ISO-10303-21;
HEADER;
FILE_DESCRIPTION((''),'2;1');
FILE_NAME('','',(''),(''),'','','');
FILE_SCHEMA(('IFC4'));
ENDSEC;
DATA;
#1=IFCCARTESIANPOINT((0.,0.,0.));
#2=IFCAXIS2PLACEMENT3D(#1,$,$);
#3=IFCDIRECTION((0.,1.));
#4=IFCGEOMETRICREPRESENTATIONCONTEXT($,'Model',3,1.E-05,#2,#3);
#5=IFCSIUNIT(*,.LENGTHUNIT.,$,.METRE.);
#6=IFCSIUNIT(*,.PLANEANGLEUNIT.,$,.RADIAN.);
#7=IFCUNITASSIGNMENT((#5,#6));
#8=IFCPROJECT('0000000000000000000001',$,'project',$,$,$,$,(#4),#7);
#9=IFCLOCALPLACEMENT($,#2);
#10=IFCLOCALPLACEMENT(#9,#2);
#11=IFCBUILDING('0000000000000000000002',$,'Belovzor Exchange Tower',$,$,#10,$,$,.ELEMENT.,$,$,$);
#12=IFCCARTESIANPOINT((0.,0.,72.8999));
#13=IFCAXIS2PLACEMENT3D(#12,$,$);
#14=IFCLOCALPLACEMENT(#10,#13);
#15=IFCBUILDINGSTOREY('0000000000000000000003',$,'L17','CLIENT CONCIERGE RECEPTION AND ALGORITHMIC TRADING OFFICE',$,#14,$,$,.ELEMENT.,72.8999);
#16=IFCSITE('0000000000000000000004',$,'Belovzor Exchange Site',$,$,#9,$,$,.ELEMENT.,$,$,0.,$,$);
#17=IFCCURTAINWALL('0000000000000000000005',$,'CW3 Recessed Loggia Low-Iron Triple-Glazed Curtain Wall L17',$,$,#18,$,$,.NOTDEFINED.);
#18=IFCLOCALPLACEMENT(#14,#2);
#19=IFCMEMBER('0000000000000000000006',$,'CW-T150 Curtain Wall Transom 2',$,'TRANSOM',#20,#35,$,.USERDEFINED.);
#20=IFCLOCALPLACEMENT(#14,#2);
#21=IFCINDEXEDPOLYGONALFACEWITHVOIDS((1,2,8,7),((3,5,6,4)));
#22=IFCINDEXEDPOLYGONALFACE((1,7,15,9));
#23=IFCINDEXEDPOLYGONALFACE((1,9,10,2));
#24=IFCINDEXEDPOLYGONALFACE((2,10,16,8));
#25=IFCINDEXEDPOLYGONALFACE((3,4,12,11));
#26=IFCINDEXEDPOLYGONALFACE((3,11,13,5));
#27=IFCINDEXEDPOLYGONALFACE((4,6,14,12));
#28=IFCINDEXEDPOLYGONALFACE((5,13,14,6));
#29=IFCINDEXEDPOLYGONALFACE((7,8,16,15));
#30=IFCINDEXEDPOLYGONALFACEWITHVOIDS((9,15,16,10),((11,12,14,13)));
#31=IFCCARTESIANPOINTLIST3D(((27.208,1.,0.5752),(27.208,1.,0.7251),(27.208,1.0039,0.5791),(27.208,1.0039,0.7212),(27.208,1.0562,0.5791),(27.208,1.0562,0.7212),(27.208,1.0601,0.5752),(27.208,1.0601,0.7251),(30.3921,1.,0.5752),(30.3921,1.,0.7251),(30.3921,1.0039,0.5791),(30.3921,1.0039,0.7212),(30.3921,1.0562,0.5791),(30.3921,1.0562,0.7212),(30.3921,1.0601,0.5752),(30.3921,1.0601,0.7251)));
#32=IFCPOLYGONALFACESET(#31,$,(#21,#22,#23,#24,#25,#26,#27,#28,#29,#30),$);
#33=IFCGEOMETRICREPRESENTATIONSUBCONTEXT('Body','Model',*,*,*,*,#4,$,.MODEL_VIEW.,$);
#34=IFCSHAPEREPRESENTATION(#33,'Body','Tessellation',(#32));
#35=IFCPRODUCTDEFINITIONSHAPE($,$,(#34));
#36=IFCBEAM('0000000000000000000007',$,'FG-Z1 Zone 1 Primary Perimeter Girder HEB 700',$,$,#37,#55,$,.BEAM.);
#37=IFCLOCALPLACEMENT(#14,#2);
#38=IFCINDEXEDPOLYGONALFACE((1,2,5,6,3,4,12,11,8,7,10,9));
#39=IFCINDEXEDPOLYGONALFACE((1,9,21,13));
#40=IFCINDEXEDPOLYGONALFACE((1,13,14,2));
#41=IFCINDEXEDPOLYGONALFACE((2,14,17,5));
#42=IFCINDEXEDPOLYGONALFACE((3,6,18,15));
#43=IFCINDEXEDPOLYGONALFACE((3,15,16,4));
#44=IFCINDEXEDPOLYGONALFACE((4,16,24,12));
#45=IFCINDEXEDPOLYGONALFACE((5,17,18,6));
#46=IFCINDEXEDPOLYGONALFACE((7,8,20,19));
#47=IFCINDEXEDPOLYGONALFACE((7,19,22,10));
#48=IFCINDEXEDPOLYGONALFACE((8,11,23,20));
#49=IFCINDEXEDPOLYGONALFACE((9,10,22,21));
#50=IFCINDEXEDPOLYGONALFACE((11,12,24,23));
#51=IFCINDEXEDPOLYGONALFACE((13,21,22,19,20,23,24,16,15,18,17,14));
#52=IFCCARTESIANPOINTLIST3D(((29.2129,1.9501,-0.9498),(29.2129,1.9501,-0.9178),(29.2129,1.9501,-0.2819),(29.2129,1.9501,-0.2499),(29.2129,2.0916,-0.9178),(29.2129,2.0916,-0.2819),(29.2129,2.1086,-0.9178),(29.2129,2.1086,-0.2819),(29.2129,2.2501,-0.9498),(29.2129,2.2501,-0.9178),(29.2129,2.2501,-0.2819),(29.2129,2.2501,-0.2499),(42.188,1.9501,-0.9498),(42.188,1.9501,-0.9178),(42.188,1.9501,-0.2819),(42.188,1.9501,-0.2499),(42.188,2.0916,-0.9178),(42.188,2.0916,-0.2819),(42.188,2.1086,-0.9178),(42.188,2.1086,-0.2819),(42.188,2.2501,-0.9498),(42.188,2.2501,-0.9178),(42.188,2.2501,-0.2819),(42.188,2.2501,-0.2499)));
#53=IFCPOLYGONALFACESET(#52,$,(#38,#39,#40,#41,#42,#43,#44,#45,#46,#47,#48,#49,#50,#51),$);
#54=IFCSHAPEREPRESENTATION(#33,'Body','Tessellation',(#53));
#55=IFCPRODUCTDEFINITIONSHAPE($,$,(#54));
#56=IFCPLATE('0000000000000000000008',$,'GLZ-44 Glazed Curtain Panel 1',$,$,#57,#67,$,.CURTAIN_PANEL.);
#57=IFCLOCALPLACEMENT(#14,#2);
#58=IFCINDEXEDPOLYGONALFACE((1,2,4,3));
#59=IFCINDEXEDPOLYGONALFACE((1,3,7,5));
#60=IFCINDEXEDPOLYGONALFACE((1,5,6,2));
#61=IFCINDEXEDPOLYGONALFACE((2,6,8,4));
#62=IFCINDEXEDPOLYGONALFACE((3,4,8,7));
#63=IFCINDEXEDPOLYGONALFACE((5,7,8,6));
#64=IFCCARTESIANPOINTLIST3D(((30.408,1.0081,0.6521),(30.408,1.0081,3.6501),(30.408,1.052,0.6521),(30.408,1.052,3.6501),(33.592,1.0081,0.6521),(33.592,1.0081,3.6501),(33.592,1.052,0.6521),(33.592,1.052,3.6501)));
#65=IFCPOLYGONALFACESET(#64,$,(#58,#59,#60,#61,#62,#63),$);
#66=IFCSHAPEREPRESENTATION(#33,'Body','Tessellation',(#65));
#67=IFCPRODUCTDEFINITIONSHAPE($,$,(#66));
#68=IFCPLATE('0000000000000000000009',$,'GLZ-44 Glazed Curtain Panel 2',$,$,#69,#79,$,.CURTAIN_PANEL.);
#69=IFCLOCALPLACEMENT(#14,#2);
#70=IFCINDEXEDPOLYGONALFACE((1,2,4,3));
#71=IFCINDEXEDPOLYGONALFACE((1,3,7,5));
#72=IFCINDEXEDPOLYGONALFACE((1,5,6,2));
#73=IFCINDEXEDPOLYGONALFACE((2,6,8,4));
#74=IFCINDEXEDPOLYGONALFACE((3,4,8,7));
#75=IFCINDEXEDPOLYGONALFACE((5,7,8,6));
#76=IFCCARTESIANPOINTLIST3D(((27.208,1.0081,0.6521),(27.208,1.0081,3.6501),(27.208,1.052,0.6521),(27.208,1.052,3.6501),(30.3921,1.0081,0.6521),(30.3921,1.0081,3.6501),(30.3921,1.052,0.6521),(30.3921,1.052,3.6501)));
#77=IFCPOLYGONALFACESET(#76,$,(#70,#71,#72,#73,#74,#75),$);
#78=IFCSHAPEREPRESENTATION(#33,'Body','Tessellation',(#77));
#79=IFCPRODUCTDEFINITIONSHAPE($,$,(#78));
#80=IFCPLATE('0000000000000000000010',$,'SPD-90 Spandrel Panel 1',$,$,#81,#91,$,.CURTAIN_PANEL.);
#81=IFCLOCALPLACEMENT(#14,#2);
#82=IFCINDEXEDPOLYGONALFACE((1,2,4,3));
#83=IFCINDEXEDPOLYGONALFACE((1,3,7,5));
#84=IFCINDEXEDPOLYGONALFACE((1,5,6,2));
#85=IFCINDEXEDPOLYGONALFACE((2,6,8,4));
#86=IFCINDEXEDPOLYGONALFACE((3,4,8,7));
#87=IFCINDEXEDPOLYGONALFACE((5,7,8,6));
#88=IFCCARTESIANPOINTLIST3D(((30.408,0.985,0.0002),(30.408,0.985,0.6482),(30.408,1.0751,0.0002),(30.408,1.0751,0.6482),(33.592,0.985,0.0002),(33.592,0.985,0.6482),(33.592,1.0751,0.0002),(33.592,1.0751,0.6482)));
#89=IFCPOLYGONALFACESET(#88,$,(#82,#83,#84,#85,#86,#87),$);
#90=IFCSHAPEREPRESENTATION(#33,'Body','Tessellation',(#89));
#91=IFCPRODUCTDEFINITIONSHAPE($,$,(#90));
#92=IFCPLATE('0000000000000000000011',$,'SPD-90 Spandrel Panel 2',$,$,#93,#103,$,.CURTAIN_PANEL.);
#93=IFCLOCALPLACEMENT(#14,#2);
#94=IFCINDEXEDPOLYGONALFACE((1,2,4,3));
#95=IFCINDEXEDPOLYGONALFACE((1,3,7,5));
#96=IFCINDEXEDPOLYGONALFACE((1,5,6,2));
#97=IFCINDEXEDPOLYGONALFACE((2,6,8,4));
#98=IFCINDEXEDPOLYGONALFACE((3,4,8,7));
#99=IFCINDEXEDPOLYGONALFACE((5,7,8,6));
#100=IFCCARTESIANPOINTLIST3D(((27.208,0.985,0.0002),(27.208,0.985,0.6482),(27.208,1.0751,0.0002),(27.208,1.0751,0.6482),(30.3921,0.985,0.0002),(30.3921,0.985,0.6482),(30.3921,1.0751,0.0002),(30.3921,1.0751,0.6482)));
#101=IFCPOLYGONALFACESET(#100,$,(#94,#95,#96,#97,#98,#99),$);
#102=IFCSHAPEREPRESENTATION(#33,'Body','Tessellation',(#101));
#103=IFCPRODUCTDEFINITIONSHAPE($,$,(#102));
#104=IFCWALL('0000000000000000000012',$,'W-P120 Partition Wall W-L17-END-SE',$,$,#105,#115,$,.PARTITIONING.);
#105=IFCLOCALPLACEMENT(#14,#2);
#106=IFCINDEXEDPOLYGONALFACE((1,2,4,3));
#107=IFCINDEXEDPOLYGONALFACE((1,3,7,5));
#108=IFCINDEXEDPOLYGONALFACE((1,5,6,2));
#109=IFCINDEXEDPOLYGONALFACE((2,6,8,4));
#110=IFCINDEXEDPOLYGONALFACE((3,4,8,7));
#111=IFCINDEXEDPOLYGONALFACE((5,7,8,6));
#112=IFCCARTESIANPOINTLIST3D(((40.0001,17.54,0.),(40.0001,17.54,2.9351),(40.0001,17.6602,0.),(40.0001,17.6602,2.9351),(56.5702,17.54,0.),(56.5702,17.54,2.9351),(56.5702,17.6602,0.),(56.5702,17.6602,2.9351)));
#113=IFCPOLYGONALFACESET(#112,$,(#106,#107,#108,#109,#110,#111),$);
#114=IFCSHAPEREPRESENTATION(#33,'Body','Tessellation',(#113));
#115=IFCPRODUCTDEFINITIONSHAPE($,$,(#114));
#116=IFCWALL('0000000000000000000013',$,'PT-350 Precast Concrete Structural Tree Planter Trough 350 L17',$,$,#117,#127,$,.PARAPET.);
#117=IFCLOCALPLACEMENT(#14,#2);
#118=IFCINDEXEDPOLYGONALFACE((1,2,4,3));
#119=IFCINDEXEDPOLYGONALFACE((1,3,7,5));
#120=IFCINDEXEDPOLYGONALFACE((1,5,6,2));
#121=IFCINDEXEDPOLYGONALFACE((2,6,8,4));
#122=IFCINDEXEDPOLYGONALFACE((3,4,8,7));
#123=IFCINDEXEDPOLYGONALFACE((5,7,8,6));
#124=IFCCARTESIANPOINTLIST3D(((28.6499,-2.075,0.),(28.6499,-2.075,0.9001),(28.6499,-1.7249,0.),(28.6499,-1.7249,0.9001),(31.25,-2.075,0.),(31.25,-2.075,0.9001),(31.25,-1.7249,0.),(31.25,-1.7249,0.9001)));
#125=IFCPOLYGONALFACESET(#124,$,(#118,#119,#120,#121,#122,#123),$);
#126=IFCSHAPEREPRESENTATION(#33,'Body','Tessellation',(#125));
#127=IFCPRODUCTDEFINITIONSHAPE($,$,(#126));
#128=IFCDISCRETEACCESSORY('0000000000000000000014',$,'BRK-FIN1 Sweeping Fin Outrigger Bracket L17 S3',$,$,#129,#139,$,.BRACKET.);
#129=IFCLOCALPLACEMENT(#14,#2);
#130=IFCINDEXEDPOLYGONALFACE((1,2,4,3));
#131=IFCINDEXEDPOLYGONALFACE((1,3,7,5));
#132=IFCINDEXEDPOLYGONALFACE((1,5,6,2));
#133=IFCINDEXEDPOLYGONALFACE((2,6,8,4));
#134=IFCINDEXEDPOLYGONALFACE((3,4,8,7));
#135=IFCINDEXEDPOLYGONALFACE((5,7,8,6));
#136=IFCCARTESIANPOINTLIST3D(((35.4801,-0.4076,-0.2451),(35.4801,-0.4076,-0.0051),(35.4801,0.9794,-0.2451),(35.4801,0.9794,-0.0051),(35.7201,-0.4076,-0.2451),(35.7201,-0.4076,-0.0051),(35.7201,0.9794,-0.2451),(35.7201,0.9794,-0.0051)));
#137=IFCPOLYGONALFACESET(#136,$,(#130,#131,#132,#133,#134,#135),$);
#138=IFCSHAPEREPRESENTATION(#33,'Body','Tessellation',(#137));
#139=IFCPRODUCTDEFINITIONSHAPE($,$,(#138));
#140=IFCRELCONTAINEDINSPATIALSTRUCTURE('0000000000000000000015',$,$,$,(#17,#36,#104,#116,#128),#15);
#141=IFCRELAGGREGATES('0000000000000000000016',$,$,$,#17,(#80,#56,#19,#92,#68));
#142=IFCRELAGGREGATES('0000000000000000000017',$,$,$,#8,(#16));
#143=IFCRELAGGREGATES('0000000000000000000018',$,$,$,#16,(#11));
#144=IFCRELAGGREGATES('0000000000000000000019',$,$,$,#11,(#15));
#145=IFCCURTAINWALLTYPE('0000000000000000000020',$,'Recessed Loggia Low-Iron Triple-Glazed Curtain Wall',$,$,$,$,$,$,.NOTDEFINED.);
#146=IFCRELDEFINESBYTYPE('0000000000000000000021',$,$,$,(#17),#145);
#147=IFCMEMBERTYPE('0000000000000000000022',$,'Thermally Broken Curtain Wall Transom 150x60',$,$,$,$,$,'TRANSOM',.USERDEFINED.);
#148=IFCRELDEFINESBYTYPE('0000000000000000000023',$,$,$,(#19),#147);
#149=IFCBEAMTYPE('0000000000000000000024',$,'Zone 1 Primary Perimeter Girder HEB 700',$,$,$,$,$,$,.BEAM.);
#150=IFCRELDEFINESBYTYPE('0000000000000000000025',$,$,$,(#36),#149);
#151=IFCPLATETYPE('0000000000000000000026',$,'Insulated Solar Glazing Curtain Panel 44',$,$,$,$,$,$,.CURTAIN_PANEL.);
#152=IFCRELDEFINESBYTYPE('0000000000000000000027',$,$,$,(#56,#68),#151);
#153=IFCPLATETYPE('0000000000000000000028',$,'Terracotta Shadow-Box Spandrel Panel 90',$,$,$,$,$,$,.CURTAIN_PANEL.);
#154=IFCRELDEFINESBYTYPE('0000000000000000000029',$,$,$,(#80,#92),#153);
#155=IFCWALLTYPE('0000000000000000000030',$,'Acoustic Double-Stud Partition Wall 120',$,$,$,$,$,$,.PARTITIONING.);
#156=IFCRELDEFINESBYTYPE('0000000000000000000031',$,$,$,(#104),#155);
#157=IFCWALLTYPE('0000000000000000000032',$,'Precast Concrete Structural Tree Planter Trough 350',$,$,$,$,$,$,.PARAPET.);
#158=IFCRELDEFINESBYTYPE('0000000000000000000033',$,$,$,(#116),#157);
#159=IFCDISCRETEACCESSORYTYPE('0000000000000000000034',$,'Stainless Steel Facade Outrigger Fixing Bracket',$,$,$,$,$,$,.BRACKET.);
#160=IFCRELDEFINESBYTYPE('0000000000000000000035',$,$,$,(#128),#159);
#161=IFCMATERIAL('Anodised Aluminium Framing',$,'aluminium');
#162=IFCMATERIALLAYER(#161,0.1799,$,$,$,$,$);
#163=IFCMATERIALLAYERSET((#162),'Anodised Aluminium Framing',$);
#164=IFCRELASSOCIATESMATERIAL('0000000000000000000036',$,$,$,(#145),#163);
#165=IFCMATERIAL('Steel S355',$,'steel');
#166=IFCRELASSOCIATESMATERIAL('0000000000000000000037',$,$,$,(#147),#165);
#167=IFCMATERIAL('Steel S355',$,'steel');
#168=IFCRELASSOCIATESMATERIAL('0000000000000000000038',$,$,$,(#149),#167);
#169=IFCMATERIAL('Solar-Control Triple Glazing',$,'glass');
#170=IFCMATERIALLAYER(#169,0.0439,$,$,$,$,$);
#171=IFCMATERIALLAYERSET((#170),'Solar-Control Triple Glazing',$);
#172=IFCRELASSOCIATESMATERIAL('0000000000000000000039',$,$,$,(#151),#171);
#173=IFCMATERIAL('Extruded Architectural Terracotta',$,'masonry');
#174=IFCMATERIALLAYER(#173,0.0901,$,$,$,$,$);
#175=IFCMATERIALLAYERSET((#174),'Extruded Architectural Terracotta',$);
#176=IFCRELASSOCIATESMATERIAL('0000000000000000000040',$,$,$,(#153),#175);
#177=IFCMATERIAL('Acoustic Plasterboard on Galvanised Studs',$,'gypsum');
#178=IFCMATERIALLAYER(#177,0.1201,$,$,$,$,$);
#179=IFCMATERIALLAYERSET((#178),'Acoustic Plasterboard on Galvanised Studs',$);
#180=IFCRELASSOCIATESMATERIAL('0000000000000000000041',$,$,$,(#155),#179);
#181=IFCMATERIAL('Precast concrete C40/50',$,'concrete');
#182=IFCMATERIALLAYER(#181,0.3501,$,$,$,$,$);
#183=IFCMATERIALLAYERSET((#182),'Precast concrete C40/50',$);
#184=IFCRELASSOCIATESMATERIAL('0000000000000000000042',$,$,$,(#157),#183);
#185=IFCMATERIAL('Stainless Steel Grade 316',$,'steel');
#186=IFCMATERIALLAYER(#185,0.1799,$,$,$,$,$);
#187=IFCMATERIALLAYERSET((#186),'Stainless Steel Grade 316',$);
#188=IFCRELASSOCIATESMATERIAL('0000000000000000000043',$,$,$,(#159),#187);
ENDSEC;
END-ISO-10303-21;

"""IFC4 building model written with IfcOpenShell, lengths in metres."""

from ifc_helpers import new_model, si_unit, direction, frame, frame_2d, origin, origin_2d, place, context, subcontext, project, spatial, rectangle, hollow_rectangle, i_section, extrude, material, layer, layer_set, material_profile, profile_set, type_object, element, aggregate, save


model = new_model("IFC4")

# Units and contexts
model_context = context("Model", 3, precision=1e-05, world=origin(), true_north=direction((0.0, 1.0)))
body_context = subcontext(model_context, "Body", "Model", "MODEL_VIEW")
ifc_project = project(units=[si_unit("LENGTHUNIT", "METRE"), si_unit("PLANEANGLEUNIT", "RADIAN")], contexts=[model_context])

# Site, building, storey
site_placement = place(None, origin())
site = spatial("IfcSite", under=ifc_project, at=site_placement, Name="Belovzor Exchange Site", CompositionType="ELEMENT", RefElevation=0.0)
building_placement = place(site_placement, origin())
building = spatial("IfcBuilding", under=site, at=building_placement, Name="Belovzor Exchange Tower", CompositionType="ELEMENT")
storey_placement = place(building_placement, frame((0.0, 0.0, 72.8999)))
storey = spatial("IfcBuildingStorey", under=building, at=storey_placement, Name="L17", Description="CLIENT CONCIERGE RECEPTION AND ALGORITHMIC TRADING OFFICE", CompositionType="ELEMENT", Elevation=72.8999)

# Curtain wall, member
ifc_material_1 = material(Name="Anodised Aluminium Framing", Category="aluminium")
ifc_layer_1 = layer(ifc_material_1, 0.1799)
ifc_layer_set_1 = layer_set([ifc_layer_1], Name="Anodised Aluminium Framing")
curtain_wall_type = type_object("IfcCurtainWallType", Name="Recessed Loggia Low-Iron Triple-Glazed Curtain Wall", PredefinedType="NOTDEFINED", material=ifc_layer_set_1)
curtain_wall_placement = place(storey_placement, origin())
curtain_wall = element("IfcCurtainWall", 1, at=curtain_wall_placement, inside=storey, type_object=curtain_wall_type, Name="CW3 Recessed Loggia Low-Iron Triple-Glazed Curtain Wall L17", PredefinedType="NOTDEFINED")
ifc_material_2 = material(Name="Steel S355", Category="steel")
ifc_material_profile_1 = material_profile(ifc_material_2, hollow_rectangle(XDim=0.0601, YDim=0.1499, WallThickness=0.0039, at=origin_2d()))
ifc_profile_set_1 = profile_set([ifc_material_profile_1], Name="Steel S355")
member_type_1 = type_object("IfcMemberType", Name="Thermally Broken Curtain Wall Transom 150x60", ElementType="TRANSOM", PredefinedType="USERDEFINED", material=ifc_profile_set_1)
member_1_placement = place(storey_placement, frame((30.3921, 1.03, 0.6501), z_axis=(-1.0, 0.0, 0.0), x_axis=(0.0, -1.0, 0.0)))
member_1 = element("IfcMember", 2, at=member_1_placement, type_object=member_type_1, Name="CW-T150 Curtain Wall Transom 2", ObjectType="TRANSOM", PredefinedType="USERDEFINED", context=body_context, shape_type="SweptSolid", body=[
    extrude(hollow_rectangle(XDim=0.0601, YDim=0.1499, WallThickness=0.0039, at=origin_2d()), origin(), (0.0, 0.0, 1.0), 3.1841),
])

# Beam
ifc_material_3 = material(Name="Steel S355", Category="steel")
ifc_material_profile_2 = material_profile(ifc_material_3, i_section(OverallWidth=0.3, OverallDepth=0.7, WebThickness=0.0171, FlangeThickness=0.032, at=origin_2d()))
ifc_profile_set_2 = profile_set([ifc_material_profile_2], Name="Steel S355")
beam_type_1 = type_object("IfcBeamType", Name="Zone 1 Primary Perimeter Girder HEB 700", PredefinedType="BEAM", material=ifc_profile_set_2)
beam_1_placement = place(storey_placement, frame((29.2129, 2.1001, -0.5999), z_axis=(1.0, 0.0, 0.0), x_axis=(0.0, 1.0, 0.0)))
element("IfcBeam", 3, at=beam_1_placement, inside=storey, type_object=beam_type_1, Name="FG-Z1 Zone 1 Primary Perimeter Girder HEB 700", PredefinedType="BEAM", context=body_context, shape_type="SweptSolid", body=[
    extrude(i_section(OverallWidth=0.3, OverallDepth=0.7, WebThickness=0.0171, FlangeThickness=0.032, at=origin_2d()), origin(), (0.0, 0.0, 1.0), 12.9751),
])

# Plates
ifc_material_4 = material(Name="Solar-Control Triple Glazing", Category="glass")
ifc_layer_2 = layer(ifc_material_4, 0.0439)
ifc_layer_set_2 = layer_set([ifc_layer_2], Name="Solar-Control Triple Glazing")
plate_type_1 = type_object("IfcPlateType", Name="Insulated Solar Glazing Curtain Panel 44", PredefinedType="CURTAIN_PANEL", material=ifc_layer_set_2)
plate_1_placement = place(storey_placement, frame((32.0, 1.03, 0.6521), z_axis=(0.0, 0.0, 1.0), x_axis=(-1.0, 0.0, 0.0)))
plate_1 = element("IfcPlate", 4, at=plate_1_placement, type_object=plate_type_1, Name="GLZ-44 Glazed Curtain Panel 1", PredefinedType="CURTAIN_PANEL", context=body_context, shape_type="SweptSolid", body=[
    extrude(rectangle(XDim=3.1841, YDim=0.0439, at=origin_2d()), origin(), (0.0, 0.0, 1.0), 2.998),
])
plate_2_placement = place(storey_placement, frame((28.8, 1.03, 0.6521), z_axis=(0.0, 0.0, 1.0), x_axis=(-1.0, 0.0, 0.0)))
plate_2 = element("IfcPlate", 5, at=plate_2_placement, type_object=plate_type_1, Name="GLZ-44 Glazed Curtain Panel 2", PredefinedType="CURTAIN_PANEL", context=body_context, shape_type="SweptSolid", body=[
    extrude(rectangle(XDim=3.1841, YDim=0.0439, at=origin_2d()), origin(), (0.0, 0.0, 1.0), 2.998),
])
ifc_material_5 = material(Name="Extruded Architectural Terracotta", Category="masonry")
ifc_layer_3 = layer(ifc_material_5, 0.0901)
ifc_layer_set_3 = layer_set([ifc_layer_3], Name="Extruded Architectural Terracotta")
plate_type_2 = type_object("IfcPlateType", Name="Terracotta Shadow-Box Spandrel Panel 90", PredefinedType="CURTAIN_PANEL", material=ifc_layer_set_3)
plate_3_placement = place(storey_placement, frame((32.0, 1.03, 0.0002), z_axis=(0.0, 0.0, 1.0), x_axis=(-1.0, 0.0, 0.0)))
plate_3 = element("IfcPlate", 6, at=plate_3_placement, type_object=plate_type_2, Name="SPD-90 Spandrel Panel 1", PredefinedType="CURTAIN_PANEL", context=body_context, shape_type="SweptSolid", body=[
    extrude(rectangle(XDim=3.1841, YDim=0.0901, at=origin_2d()), origin(), (0.0, 0.0, 1.0), 0.6479),
])
plate_4_placement = place(storey_placement, frame((28.8, 1.03, 0.0002), z_axis=(0.0, 0.0, 1.0), x_axis=(-1.0, 0.0, 0.0)))
plate_4 = element("IfcPlate", 7, at=plate_4_placement, type_object=plate_type_2, Name="SPD-90 Spandrel Panel 2", PredefinedType="CURTAIN_PANEL", context=body_context, shape_type="SweptSolid", body=[
    extrude(rectangle(XDim=3.1841, YDim=0.0901, at=origin_2d()), origin(), (0.0, 0.0, 1.0), 0.6479),
])
aggregate(curtain_wall, [plate_3, plate_1, member_1, plate_4, plate_2])

# Walls
ifc_material_6 = material(Name="Acoustic Plasterboard on Galvanised Studs", Category="gypsum")
ifc_layer_4 = layer(ifc_material_6, 0.1201)
ifc_layer_set_4 = layer_set([ifc_layer_4], Name="Acoustic Plasterboard on Galvanised Studs")
wall_type_1 = type_object("IfcWallType", Name="Acoustic Double-Stud Partition Wall 120", PredefinedType="PARTITIONING", material=ifc_layer_set_4)
wall_1_placement = place(storey_placement, frame((40.0, 17.6001, 0.0), z_axis=(0.0, 0.0, 1.0), x_axis=(1.0, 0.0, 0.0)))
element("IfcWall", 8, at=wall_1_placement, inside=storey, type_object=wall_type_1, Name="W-P120 Partition Wall W-L17-END-SE", PredefinedType="PARTITIONING", context=body_context, shape_type="SweptSolid", body=[
    extrude(rectangle(XDim=16.5701, YDim=0.1201, at=frame_2d((8.2852, 0.0))), origin(), (0.0, 0.0, 1.0), 2.9351),
])
ifc_material_7 = material(Name="Precast concrete C40/50", Category="concrete")
ifc_layer_5 = layer(ifc_material_7, 0.3501)
ifc_layer_set_5 = layer_set([ifc_layer_5], Name="Precast concrete C40/50")
wall_type_2 = type_object("IfcWallType", Name="Precast Concrete Structural Tree Planter Trough 350", PredefinedType="PARAPET", material=ifc_layer_set_5)
wall_2_placement = place(storey_placement, frame((28.6499, -1.8999, 0.0), z_axis=(0.0, 0.0, 1.0), x_axis=(1.0, 0.0, 0.0)))
element("IfcWall", 9, at=wall_2_placement, inside=storey, type_object=wall_type_2, Name="PT-350 Precast Concrete Structural Tree Planter Trough 350 L17", PredefinedType="PARAPET", context=body_context, shape_type="SweptSolid", body=[
    extrude(rectangle(XDim=2.6001, YDim=0.3501, at=frame_2d((1.3, 0.0))), origin(), (0.0, 0.0, 1.0), 0.9001),
])

# Discrete accessory
ifc_material_8 = material(Name="Stainless Steel Grade 316", Category="steel")
ifc_layer_6 = layer(ifc_material_8, 0.1799)
ifc_layer_set_6 = layer_set([ifc_layer_6], Name="Stainless Steel Grade 316")
discrete_accessory_type = type_object("IfcDiscreteAccessoryType", Name="Stainless Steel Facade Outrigger Fixing Bracket", PredefinedType="BRACKET", material=ifc_layer_set_6)
discrete_accessory_placement = place(storey_placement, frame((35.6001, 0.2859, -0.2451), z_axis=(0.0, 0.0, 1.0), x_axis=(0.0, 1.0, 0.0)))
element("IfcDiscreteAccessory", 10, at=discrete_accessory_placement, inside=storey, type_object=discrete_accessory_type, Name="BRK-FIN1 Sweeping Fin Outrigger Bracket L17 S3", PredefinedType="BRACKET", context=body_context, shape_type="SweptSolid", body=[
    extrude(rectangle(XDim=1.387, YDim=0.24, at=origin_2d()), origin(), (0.0, 0.0, 1.0), 0.24),
])

save(model, "model.ifc")
